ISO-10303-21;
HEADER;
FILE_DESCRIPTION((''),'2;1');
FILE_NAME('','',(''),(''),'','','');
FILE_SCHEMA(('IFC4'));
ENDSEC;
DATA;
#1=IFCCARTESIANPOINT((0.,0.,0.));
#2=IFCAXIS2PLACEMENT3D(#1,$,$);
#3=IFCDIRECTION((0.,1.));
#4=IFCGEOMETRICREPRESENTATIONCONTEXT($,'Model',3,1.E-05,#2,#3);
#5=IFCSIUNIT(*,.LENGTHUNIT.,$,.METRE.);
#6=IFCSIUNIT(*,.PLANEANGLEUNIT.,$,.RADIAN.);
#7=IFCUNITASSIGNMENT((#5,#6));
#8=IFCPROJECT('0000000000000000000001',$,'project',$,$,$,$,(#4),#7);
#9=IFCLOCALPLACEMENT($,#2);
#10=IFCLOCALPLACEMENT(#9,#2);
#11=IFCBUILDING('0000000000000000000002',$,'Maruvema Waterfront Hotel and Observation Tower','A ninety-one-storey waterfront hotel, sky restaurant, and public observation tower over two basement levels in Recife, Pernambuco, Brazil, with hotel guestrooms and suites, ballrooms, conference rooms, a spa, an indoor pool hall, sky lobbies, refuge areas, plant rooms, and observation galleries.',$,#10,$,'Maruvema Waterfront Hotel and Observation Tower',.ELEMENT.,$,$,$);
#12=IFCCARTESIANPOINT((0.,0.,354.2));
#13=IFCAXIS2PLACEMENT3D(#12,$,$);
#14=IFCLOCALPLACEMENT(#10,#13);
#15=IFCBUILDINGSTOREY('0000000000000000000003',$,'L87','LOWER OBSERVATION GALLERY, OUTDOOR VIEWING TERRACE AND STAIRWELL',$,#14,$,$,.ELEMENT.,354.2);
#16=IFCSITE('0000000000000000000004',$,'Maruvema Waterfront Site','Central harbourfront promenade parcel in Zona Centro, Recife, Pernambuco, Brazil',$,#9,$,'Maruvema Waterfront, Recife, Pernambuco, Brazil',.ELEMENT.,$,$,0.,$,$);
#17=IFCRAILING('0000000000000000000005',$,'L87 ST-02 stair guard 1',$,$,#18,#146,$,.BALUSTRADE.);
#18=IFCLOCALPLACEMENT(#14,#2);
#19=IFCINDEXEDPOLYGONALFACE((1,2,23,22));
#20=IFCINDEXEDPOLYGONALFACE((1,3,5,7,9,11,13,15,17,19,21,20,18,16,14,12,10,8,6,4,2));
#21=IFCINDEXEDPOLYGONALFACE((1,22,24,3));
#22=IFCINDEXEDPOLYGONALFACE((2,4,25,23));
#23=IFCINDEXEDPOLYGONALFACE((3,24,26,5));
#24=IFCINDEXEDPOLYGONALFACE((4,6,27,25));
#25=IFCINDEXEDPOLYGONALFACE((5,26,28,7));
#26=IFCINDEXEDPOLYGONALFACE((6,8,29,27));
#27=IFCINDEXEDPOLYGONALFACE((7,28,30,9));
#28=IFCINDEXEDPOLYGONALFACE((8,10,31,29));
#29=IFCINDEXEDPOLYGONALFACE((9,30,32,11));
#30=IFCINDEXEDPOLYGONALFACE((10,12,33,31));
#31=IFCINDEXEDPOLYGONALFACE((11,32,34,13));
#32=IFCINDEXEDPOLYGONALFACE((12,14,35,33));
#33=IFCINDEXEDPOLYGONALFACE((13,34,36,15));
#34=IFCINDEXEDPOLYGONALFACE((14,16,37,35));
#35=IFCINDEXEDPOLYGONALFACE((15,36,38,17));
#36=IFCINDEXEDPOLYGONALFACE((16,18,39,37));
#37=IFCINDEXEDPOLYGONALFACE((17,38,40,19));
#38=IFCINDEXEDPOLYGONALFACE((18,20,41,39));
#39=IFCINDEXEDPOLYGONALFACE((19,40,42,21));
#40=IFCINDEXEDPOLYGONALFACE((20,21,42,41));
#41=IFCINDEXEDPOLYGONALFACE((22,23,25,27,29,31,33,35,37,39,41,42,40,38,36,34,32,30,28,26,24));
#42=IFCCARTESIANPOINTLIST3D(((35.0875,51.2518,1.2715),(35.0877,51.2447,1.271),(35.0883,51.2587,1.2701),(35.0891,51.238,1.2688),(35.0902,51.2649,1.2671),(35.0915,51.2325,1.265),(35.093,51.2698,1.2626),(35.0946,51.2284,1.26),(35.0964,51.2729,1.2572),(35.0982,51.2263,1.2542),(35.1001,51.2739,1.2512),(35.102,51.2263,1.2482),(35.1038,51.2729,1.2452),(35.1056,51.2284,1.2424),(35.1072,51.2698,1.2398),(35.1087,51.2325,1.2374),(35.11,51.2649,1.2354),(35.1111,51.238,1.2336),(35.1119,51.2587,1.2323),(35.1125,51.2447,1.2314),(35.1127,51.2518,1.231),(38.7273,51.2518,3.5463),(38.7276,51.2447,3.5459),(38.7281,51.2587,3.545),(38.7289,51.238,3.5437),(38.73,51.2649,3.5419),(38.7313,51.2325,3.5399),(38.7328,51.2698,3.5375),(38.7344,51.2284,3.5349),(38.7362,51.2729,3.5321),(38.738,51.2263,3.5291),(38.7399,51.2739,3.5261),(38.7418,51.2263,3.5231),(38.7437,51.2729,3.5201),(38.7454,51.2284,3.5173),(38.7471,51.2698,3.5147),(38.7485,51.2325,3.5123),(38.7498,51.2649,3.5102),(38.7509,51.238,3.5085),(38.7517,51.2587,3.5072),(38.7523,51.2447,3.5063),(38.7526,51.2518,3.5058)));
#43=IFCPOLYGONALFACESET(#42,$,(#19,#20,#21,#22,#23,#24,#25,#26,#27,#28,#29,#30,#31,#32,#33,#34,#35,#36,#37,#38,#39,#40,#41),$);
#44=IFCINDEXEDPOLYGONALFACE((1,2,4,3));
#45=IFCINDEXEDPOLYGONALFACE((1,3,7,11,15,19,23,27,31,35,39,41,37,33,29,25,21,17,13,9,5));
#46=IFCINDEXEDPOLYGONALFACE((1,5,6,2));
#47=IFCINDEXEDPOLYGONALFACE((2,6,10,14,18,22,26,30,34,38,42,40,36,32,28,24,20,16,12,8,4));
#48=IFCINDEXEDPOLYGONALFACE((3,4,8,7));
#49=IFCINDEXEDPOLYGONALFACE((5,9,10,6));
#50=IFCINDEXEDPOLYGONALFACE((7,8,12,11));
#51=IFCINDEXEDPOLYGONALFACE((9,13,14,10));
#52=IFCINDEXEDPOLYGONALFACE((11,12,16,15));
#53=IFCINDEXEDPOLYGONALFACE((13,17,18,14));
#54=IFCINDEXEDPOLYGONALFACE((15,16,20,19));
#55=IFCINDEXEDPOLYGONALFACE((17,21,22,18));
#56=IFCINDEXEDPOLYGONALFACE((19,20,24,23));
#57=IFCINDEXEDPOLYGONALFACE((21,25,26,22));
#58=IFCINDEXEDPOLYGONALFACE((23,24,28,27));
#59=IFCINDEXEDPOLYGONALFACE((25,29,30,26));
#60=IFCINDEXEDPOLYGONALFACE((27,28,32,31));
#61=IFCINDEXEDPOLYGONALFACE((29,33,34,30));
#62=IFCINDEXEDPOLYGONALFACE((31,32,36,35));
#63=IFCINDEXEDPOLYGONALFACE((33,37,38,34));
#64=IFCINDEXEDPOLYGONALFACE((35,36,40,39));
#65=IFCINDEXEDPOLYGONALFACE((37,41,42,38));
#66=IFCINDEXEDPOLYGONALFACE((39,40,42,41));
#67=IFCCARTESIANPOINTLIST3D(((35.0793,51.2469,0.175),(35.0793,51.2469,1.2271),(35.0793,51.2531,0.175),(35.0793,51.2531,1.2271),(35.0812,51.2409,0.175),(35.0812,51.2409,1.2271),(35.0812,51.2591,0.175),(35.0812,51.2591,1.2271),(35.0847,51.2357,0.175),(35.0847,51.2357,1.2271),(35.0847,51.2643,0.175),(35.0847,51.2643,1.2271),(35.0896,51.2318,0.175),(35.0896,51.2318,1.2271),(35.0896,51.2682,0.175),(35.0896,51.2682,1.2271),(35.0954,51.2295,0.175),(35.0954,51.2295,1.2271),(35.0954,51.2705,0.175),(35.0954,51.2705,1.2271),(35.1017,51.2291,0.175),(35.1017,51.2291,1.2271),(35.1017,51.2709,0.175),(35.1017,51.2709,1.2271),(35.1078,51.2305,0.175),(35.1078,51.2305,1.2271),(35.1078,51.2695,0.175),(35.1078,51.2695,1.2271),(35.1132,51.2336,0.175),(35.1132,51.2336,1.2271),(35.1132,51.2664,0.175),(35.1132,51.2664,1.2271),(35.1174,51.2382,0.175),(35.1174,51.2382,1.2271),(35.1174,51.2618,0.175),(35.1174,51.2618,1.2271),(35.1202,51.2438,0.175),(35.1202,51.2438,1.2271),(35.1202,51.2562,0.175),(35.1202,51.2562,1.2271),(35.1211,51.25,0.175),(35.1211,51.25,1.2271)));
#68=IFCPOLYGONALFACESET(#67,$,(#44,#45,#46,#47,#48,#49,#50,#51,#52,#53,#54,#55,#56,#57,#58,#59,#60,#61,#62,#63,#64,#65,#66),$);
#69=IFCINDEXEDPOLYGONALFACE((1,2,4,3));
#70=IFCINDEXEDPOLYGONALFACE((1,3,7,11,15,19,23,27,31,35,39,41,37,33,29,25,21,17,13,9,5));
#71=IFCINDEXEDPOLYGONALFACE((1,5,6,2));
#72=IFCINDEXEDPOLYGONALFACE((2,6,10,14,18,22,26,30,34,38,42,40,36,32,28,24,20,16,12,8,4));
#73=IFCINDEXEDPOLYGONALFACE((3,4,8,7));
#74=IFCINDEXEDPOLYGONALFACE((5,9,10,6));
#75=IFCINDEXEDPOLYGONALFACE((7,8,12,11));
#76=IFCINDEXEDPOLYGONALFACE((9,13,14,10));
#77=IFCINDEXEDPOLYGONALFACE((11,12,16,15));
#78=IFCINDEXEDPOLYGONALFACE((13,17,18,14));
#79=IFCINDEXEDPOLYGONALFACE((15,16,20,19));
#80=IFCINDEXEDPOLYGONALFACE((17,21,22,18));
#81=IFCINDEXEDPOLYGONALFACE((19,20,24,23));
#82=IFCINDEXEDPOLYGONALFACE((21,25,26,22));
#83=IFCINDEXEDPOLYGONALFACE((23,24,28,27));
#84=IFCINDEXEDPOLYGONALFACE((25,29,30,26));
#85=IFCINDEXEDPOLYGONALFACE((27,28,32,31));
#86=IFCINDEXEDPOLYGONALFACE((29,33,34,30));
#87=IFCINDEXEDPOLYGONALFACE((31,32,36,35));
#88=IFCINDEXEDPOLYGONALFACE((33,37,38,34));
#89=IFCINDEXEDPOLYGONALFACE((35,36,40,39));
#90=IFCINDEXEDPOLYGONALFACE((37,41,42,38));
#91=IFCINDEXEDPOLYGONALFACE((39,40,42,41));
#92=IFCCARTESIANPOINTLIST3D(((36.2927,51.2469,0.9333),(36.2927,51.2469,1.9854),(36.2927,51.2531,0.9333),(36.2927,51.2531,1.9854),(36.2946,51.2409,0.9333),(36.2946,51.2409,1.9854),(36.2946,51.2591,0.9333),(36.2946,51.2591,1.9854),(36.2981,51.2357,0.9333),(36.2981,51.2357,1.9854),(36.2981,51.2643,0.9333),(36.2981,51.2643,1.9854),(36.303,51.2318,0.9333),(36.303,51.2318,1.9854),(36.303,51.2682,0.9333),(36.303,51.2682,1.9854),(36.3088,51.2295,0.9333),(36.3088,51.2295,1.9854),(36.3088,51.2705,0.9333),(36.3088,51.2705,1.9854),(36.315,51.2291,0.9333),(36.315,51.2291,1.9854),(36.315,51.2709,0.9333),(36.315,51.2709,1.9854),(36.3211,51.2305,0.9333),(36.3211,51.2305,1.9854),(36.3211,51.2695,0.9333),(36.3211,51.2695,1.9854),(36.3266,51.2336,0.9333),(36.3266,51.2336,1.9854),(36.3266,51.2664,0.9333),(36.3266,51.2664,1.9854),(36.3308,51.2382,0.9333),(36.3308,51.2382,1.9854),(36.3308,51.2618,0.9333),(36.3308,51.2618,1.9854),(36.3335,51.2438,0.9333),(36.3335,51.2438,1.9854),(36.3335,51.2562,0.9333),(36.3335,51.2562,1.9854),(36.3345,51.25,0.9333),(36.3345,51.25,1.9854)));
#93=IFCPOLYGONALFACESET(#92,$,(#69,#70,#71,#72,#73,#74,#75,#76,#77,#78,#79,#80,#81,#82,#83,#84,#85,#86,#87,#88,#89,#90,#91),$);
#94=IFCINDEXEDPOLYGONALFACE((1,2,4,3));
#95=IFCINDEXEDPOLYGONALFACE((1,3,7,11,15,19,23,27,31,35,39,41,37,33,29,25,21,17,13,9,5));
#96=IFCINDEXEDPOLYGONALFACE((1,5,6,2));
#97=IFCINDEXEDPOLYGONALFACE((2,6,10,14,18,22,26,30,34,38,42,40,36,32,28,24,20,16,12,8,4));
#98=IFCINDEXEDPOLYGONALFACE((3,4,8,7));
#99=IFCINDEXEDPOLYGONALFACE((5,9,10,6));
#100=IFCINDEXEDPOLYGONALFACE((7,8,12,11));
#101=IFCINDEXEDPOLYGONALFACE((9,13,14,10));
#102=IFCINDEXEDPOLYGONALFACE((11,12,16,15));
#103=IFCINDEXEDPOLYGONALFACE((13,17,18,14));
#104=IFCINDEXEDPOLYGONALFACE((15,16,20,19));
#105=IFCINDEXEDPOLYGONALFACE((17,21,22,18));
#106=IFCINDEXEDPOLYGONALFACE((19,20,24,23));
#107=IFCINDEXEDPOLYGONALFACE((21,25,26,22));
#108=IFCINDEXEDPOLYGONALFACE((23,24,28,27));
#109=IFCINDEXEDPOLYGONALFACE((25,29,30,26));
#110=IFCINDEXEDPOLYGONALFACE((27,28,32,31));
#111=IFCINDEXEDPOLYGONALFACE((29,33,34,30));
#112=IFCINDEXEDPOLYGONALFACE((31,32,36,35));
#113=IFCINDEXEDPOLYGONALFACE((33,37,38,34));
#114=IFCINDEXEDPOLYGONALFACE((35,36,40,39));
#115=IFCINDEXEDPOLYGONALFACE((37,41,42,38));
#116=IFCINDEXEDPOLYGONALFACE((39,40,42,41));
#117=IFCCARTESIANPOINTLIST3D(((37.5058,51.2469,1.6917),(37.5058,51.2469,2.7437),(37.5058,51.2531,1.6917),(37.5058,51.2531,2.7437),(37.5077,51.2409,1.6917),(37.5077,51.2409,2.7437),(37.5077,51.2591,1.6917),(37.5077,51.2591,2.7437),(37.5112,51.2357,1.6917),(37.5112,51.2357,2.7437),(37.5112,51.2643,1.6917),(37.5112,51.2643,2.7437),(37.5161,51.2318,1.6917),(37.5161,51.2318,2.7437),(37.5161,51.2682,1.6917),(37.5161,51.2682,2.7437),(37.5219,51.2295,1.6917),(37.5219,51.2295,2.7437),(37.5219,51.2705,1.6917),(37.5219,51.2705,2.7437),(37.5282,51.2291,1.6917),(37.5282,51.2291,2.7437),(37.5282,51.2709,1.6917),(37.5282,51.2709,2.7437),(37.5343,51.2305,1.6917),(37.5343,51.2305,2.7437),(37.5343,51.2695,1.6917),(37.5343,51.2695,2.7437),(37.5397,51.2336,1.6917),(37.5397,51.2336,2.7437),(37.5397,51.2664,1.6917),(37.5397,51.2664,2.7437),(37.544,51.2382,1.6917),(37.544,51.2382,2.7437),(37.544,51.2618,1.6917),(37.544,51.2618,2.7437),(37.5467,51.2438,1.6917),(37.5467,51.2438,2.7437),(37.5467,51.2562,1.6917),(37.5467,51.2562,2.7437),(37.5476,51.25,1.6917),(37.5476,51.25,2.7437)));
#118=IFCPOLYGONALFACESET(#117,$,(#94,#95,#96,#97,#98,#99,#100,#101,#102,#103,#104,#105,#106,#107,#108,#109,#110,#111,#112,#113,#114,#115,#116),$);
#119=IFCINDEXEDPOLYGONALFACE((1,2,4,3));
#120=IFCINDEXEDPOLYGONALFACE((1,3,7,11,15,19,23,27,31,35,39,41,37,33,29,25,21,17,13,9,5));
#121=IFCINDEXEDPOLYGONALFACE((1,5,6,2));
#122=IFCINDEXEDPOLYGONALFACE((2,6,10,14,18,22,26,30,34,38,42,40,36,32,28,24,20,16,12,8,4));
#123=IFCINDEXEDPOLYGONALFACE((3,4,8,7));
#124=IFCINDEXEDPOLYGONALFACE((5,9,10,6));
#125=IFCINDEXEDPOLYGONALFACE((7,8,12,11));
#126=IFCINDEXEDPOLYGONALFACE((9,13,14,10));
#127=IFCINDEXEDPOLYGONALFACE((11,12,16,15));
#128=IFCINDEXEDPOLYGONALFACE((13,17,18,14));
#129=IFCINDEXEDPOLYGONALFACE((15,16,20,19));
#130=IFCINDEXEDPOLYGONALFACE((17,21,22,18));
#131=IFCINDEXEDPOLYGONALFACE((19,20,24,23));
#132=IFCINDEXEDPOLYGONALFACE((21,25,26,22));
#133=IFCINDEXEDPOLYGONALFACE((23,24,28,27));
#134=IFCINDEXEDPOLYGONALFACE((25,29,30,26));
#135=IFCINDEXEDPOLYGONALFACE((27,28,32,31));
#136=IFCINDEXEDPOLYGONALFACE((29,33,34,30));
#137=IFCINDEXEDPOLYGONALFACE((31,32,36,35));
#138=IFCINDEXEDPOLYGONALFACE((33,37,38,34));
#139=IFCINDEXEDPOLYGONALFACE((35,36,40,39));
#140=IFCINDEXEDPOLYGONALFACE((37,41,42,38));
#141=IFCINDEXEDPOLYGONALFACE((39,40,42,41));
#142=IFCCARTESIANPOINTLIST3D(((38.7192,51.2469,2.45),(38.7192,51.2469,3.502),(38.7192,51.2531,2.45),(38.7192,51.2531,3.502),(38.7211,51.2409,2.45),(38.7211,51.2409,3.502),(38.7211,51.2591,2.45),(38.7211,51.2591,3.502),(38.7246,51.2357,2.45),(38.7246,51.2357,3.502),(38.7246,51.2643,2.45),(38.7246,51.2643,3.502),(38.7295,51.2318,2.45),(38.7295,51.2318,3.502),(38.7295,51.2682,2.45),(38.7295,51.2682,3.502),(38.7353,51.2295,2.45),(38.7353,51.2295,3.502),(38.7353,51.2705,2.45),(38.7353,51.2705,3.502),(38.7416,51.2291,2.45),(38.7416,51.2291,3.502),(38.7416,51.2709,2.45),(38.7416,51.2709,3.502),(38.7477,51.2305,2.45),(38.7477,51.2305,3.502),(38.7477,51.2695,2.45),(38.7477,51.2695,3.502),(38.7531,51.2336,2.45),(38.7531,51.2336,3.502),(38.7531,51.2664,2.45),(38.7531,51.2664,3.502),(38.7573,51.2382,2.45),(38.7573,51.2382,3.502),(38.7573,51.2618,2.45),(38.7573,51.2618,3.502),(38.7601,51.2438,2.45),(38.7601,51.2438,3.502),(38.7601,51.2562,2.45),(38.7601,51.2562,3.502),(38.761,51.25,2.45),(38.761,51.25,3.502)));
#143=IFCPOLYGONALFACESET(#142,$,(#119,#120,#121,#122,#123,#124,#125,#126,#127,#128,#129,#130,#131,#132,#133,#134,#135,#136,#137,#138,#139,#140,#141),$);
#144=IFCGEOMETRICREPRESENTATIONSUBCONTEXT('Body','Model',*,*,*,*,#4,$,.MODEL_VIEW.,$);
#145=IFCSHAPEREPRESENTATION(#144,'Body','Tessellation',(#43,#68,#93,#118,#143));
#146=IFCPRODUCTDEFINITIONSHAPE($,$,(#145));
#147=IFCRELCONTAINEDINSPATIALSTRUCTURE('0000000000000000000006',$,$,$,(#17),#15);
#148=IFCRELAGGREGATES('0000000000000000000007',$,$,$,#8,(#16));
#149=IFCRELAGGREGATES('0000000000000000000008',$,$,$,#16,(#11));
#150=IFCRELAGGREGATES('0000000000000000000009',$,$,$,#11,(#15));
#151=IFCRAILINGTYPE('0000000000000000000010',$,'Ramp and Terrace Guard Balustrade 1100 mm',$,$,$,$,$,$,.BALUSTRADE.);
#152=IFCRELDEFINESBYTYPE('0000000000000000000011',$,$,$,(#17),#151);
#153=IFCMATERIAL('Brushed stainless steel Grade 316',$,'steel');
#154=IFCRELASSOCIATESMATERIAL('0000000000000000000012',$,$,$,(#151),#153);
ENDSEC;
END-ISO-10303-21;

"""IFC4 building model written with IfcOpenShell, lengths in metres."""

from ifc_helpers import new_model, si_unit, direction, frame, origin, origin_2d, place, context, subcontext, project, spatial, circle, extrude, material, type_object, element, save


model = new_model("IFC4")

# Units and contexts
model_context = context("Model", 3, precision=1e-05, world=origin(), true_north=direction((0.0, 1.0)))
body_context = subcontext(model_context, "Body", "Model", "MODEL_VIEW")
ifc_project = project(units=[si_unit("LENGTHUNIT", "METRE"), si_unit("PLANEANGLEUNIT", "RADIAN")], contexts=[model_context])

# Site, building, storey
site_placement = place(None, origin())
site = spatial("IfcSite", under=ifc_project, at=site_placement, Name="Maruvema Waterfront Site", Description="Central harbourfront promenade parcel in Zona Centro, Recife, Pernambuco, Brazil", LongName="Maruvema Waterfront, Recife, Pernambuco, Brazil", CompositionType="ELEMENT", RefElevation=0.0)
building_placement = place(site_placement, origin())
building = spatial("IfcBuilding", under=site, at=building_placement, Name="Maruvema Waterfront Hotel and Observation Tower", Description="A ninety-one-storey waterfront hotel, sky restaurant, and public observation tower over two basement levels in Recife, Pernambuco, Brazil, with hotel guestrooms and suites, ballrooms, conference rooms, a spa, an indoor pool hall, sky lobbies, refuge areas, plant rooms, and observation galleries.", LongName="Maruvema Waterfront Hotel and Observation Tower", CompositionType="ELEMENT")
storey_placement = place(building_placement, frame((0.0, 0.0, 354.2)))
storey = spatial("IfcBuildingStorey", under=building, at=storey_placement, Name="L87", Description="LOWER OBSERVATION GALLERY, OUTDOOR VIEWING TERRACE AND STAIRWELL", CompositionType="ELEMENT", Elevation=354.2)

# Railing
ifc_material_1 = material(Name="Brushed stainless steel Grade 316", Category="steel")
railing_type_1 = type_object("IfcRailingType", Name="Ramp and Terrace Guard Balustrade 1100 mm", PredefinedType="BALUSTRADE", material=ifc_material_1)
railing_1_placement = place(storey_placement, frame((35.1001, 51.25, 0.175)))
element("IfcRailing", 1, at=railing_1_placement, inside=storey, type_object=railing_type_1, Name="L87 ST-02 stair guard 1", PredefinedType="BALUSTRADE", context=body_context, shape_type="SweptSolid", body=[
    extrude(circle(Radius=0.0239, at=origin_2d()), frame((0.0, 0.0, 1.0762), z_axis=(0.848001, 0.0, 0.529994), x_axis=(0.0, 1.0, 0.0)), (0.0, 0.0, 1.0), 4.2922),
    extrude(circle(Radius=0.021, at=origin_2d()), origin(), (0.0, 0.0, 1.0), 1.052),
    extrude(circle(Radius=0.021, at=origin_2d()), frame((1.2134, 0.0, 0.7583)), (0.0, 0.0, 1.0), 1.052),
    extrude(circle(Radius=0.021, at=origin_2d()), frame((2.4265, 0.0, 1.5166)), (0.0, 0.0, 1.0), 1.052),
    extrude(circle(Radius=0.021, at=origin_2d()), frame((3.6399, 0.0, 2.2749)), (0.0, 0.0, 1.0), 1.052),
])

save(model, "model.ifc")
